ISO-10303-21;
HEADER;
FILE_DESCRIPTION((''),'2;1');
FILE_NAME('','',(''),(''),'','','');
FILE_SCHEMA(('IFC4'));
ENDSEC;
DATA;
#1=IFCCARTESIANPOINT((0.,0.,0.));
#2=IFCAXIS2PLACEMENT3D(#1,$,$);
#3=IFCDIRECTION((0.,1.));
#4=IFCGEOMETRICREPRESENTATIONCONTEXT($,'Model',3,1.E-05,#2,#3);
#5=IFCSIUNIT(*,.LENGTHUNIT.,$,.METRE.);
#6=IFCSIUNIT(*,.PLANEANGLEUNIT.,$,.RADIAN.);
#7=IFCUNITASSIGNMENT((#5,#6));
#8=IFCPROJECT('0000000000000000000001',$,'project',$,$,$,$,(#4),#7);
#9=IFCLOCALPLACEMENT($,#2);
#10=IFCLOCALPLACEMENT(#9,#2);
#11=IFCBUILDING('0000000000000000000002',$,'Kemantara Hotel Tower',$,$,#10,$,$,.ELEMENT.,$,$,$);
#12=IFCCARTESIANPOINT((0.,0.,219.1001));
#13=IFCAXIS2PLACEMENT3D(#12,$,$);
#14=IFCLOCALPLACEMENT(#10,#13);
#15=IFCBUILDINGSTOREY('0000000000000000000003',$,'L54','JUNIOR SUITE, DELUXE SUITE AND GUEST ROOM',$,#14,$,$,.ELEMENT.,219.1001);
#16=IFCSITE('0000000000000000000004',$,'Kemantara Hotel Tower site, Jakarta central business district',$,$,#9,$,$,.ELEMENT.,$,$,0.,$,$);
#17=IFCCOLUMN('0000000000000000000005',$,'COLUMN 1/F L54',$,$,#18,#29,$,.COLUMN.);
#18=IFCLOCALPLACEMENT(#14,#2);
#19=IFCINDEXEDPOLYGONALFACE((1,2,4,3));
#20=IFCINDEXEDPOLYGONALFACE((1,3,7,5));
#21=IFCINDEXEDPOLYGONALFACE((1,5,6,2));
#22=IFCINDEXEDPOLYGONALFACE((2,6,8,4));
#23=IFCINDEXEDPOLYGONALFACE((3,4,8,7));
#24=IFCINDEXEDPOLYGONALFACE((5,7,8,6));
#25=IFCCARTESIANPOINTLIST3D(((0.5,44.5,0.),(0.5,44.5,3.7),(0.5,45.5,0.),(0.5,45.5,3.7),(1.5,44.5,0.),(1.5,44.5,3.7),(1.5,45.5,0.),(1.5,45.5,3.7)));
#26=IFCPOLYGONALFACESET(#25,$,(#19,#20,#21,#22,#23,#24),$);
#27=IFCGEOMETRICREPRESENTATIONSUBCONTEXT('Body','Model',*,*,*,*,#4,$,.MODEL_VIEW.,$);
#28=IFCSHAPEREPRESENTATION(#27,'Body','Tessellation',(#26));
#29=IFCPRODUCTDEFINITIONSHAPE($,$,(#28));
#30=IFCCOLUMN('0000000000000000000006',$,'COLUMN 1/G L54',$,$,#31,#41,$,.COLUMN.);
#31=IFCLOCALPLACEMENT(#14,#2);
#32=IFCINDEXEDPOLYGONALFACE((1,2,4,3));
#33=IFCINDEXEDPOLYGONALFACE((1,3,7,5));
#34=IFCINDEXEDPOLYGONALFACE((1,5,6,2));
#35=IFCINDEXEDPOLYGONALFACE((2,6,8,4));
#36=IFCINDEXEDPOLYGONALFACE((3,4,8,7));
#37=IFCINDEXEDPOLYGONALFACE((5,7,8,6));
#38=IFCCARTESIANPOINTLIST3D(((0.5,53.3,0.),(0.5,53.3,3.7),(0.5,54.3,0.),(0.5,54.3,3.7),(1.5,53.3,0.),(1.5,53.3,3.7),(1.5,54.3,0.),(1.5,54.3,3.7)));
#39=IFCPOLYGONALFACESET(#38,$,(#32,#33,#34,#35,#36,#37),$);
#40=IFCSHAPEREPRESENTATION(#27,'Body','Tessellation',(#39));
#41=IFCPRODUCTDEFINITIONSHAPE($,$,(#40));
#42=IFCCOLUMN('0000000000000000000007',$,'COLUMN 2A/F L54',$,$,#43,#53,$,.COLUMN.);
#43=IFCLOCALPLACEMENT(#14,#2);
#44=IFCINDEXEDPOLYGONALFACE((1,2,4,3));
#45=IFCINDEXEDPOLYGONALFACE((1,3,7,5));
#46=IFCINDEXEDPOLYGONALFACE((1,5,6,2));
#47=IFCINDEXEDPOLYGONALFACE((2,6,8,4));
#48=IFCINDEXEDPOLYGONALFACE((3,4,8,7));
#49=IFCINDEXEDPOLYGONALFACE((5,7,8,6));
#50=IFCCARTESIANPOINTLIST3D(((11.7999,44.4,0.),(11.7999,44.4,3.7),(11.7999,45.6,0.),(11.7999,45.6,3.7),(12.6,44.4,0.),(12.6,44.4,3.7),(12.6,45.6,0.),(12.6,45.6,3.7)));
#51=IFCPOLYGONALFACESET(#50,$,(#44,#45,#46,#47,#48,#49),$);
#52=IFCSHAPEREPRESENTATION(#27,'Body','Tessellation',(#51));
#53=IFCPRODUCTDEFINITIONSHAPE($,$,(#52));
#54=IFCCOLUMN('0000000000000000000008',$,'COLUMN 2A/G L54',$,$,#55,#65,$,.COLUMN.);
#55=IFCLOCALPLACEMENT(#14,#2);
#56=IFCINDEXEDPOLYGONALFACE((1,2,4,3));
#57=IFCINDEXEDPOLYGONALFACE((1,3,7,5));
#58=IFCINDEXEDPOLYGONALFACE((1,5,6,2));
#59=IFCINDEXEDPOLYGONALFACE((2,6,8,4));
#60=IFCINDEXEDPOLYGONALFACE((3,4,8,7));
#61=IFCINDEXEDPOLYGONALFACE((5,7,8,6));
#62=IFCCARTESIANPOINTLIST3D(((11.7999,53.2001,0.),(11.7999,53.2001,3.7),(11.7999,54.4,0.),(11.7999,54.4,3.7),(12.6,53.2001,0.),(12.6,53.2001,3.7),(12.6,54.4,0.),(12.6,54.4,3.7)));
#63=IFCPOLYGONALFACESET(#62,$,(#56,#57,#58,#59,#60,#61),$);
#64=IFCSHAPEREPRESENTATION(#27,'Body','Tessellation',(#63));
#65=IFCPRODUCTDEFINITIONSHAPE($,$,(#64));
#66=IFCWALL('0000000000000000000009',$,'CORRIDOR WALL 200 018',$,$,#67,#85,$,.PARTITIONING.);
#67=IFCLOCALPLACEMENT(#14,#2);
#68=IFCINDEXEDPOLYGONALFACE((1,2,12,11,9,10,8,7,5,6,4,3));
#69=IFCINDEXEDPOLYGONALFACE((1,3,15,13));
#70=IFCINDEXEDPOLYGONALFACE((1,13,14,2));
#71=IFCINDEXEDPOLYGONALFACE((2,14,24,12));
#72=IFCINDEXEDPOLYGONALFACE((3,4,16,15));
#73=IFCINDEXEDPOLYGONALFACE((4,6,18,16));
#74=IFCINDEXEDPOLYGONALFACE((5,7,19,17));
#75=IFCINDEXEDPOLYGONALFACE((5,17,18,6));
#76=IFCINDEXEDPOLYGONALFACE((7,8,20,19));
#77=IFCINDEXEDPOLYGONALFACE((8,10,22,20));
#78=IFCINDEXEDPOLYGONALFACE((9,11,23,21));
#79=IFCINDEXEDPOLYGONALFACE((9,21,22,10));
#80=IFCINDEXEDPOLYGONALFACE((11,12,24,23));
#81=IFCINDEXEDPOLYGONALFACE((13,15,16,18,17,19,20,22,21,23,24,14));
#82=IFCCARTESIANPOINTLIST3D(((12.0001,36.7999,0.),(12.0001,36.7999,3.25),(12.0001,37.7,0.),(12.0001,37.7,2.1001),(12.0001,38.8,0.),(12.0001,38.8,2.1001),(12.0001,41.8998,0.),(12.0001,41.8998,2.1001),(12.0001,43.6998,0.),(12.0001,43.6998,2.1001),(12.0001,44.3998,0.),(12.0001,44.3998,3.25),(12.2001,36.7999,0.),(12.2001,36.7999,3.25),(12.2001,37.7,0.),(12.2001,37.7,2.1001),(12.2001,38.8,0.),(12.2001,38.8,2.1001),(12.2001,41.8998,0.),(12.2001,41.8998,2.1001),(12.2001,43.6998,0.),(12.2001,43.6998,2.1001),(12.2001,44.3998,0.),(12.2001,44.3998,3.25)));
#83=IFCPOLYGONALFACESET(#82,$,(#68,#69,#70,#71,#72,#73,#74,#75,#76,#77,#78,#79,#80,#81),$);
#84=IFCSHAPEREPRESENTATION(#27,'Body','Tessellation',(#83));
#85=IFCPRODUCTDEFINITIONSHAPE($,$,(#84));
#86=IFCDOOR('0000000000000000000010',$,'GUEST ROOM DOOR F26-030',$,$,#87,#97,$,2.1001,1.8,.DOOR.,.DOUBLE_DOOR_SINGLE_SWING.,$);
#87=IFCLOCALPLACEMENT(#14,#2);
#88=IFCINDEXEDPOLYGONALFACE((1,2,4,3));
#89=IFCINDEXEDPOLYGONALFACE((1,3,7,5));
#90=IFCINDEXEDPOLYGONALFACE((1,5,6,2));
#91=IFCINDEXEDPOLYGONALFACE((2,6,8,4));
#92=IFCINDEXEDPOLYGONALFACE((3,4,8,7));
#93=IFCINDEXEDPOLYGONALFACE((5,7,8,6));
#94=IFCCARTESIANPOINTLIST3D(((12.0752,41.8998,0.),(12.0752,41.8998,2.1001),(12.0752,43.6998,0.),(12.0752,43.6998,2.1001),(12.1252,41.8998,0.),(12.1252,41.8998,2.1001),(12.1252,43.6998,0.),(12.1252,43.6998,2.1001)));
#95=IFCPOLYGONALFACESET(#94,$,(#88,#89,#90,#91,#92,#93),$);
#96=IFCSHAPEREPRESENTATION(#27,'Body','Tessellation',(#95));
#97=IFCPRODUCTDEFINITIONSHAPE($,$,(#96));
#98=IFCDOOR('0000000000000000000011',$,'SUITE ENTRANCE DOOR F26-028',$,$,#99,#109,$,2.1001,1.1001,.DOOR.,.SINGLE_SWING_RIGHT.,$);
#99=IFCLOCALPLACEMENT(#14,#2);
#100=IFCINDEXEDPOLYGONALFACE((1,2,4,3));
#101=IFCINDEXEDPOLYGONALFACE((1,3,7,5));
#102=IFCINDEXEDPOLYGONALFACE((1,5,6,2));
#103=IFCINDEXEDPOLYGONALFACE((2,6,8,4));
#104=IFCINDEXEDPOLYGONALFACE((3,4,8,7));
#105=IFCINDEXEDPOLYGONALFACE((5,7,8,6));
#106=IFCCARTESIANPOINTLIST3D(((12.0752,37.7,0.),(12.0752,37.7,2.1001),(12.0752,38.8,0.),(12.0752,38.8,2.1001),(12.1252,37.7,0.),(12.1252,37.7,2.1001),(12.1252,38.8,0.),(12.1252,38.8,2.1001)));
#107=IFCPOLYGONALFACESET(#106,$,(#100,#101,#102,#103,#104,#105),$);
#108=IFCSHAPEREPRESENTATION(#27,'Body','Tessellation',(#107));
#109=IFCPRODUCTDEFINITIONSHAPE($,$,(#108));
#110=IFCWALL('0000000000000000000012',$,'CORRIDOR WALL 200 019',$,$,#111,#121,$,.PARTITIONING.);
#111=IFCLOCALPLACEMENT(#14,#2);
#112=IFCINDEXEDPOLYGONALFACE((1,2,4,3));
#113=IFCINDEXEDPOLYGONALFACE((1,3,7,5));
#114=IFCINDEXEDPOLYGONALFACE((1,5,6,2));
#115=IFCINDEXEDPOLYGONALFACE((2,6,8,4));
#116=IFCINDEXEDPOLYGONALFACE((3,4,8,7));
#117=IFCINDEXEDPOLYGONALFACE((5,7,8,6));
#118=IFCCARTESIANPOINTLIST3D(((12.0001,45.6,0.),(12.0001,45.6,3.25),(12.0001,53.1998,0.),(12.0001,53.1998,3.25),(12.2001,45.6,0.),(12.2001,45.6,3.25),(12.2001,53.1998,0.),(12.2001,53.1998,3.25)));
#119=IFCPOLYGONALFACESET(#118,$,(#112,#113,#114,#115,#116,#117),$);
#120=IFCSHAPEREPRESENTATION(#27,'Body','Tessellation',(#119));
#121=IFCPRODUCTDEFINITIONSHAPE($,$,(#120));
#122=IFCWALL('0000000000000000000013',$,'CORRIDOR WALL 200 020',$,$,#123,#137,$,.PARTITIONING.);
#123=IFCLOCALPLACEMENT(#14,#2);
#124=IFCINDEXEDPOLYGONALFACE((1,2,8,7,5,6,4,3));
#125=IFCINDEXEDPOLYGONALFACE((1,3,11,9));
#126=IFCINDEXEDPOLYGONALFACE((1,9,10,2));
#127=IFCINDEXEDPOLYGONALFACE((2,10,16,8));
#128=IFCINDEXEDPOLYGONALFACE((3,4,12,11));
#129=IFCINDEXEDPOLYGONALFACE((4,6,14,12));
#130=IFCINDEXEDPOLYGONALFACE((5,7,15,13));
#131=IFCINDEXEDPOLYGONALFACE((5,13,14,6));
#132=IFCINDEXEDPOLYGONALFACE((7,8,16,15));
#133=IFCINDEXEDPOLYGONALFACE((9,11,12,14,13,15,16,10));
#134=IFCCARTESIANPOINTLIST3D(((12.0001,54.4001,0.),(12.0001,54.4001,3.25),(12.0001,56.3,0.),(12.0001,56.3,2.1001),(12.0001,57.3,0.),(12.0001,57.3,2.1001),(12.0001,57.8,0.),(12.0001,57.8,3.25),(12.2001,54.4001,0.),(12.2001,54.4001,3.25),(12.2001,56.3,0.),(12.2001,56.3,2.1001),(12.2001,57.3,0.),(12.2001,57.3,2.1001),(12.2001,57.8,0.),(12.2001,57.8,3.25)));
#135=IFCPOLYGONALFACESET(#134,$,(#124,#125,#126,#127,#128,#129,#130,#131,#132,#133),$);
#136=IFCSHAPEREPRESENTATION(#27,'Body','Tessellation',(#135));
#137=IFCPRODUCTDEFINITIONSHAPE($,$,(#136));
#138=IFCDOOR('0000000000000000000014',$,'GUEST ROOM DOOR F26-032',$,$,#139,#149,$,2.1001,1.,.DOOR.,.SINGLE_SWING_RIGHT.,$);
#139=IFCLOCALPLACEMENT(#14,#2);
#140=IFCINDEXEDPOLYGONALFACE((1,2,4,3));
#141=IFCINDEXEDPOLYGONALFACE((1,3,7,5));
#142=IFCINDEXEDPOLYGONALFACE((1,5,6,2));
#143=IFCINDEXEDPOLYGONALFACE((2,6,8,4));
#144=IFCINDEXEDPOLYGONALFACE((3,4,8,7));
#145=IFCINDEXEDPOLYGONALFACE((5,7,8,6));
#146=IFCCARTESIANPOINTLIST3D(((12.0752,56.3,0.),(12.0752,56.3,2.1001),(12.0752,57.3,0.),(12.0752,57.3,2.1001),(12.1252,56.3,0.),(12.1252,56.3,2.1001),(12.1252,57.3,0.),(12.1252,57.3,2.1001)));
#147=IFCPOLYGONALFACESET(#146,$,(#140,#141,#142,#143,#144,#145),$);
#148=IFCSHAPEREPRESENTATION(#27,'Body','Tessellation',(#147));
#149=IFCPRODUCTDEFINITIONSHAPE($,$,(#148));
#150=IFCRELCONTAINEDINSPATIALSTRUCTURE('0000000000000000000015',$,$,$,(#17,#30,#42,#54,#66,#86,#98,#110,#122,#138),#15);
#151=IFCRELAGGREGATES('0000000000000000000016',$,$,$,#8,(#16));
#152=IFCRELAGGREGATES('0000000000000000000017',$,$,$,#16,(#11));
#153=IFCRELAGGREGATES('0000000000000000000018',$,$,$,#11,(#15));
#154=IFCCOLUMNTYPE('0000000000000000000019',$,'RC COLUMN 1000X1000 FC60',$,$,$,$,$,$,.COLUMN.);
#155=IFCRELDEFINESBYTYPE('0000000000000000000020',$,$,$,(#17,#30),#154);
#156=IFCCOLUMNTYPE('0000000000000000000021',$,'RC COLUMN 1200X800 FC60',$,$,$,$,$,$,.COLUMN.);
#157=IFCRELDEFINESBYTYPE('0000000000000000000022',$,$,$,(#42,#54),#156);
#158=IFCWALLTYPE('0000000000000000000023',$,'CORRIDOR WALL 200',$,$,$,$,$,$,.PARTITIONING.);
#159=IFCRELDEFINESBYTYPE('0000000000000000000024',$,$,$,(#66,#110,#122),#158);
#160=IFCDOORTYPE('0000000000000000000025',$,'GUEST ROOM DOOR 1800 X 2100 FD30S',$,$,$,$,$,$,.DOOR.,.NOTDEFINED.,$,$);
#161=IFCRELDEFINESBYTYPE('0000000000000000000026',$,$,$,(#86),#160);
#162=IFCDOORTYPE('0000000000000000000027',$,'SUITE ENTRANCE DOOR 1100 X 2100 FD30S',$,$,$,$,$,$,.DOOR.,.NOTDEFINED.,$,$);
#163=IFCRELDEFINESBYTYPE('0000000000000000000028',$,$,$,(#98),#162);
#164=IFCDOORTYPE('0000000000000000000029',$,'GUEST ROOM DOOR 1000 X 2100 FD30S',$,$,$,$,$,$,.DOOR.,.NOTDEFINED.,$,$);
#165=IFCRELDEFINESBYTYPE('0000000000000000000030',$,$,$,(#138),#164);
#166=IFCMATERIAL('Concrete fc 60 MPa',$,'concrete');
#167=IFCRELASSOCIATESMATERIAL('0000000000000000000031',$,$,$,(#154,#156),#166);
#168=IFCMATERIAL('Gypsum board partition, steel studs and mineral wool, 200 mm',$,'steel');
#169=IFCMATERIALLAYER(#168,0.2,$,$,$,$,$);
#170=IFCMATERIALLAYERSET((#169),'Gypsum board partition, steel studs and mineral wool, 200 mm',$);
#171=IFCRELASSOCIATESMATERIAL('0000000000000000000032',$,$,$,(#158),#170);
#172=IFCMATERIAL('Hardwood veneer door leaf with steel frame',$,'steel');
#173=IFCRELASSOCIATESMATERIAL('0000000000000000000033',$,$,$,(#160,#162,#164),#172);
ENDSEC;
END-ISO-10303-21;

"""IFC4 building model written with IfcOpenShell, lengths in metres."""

from ifc_helpers import new_model, si_unit, direction, frame, frame_2d, origin, origin_2d, place, context, subcontext, project, spatial, rectangle, extrude, material, layer, layer_set, material_profile, profile_set, type_object, element, fill, save


model = new_model("IFC4")

# Units and contexts
model_context = context("Model", 3, precision=1e-05, world=origin(), true_north=direction((0.0, 1.0)))
body_context = subcontext(model_context, "Body", "Model", "MODEL_VIEW")
ifc_project = project(units=[si_unit("LENGTHUNIT", "METRE"), si_unit("PLANEANGLEUNIT", "RADIAN")], contexts=[model_context])

# Site, building, storey
site_placement = place(None, origin())
site = spatial("IfcSite", under=ifc_project, at=site_placement, Name="Kemantara Hotel Tower site, Jakarta central business district", CompositionType="ELEMENT", RefElevation=0.0)
building_placement = place(site_placement, origin())
building = spatial("IfcBuilding", under=site, at=building_placement, Name="Kemantara Hotel Tower", CompositionType="ELEMENT")
storey_placement = place(building_placement, frame((0.0, 0.0, 219.1001)))
storey = spatial("IfcBuildingStorey", under=building, at=storey_placement, Name="L54", Description="JUNIOR SUITE, DELUXE SUITE AND GUEST ROOM", CompositionType="ELEMENT", Elevation=219.1001)

# Columns
ifc_material_1 = material(Name="Concrete fc 60 MPa", Category="concrete")
ifc_material_profile_1 = material_profile(ifc_material_1, rectangle(XDim=1.0, YDim=1.0, at=origin_2d()), Name="RC 1000X1000")
ifc_profile_set_1 = profile_set([ifc_material_profile_1], Name="Concrete fc 60 MPa")
column_type_1 = type_object("IfcColumnType", Name="RC COLUMN 1000X1000 FC60", PredefinedType="COLUMN", material=ifc_profile_set_1)
for number, where, z_axis, x_axis, name in (
    (1, (1.0, 45.0, 0.0), (0.0, 0.0, 1.0), (1.0, 0.0, 0.0), "COLUMN 1/F L54"),
    (2, (1.0, 53.8, 0.0), (0.0, 0.0, 1.0), (1.0, 0.0, 0.0), "COLUMN 1/G L54"),
):
    element("IfcColumn", number, at=place(storey_placement, frame(where, z_axis=z_axis, x_axis=x_axis)), inside=storey, type_object=column_type_1, Name=name, PredefinedType="COLUMN", context=body_context, shape_type="SweptSolid", body=[
        extrude(rectangle(XDim=1.0, YDim=1.0, at=origin_2d()), origin(), (0.0, 0.0, 1.0), 3.7),
    ])
ifc_material_profile_2 = material_profile(ifc_material_1, rectangle(XDim=1.2, YDim=0.8, at=origin_2d()), Name="RC 1200X800")
ifc_profile_set_2 = profile_set([ifc_material_profile_2], Name="Concrete fc 60 MPa")
column_type_2 = type_object("IfcColumnType", Name="RC COLUMN 1200X800 FC60", PredefinedType="COLUMN", material=ifc_profile_set_2)
for number, where, z_axis, x_axis, name in (
    (3, (12.2, 45.0, 0.0), (0.0, 0.0, 1.0), (0.0, 1.0, 0.0), "COLUMN 2A/F L54"),
    (4, (12.2, 53.8, 0.0), (0.0, 0.0, 1.0), (0.0, 1.0, 0.0), "COLUMN 2A/G L54"),
):
    element("IfcColumn", number, at=place(storey_placement, frame(where, z_axis=z_axis, x_axis=x_axis)), inside=storey, type_object=column_type_2, Name=name, PredefinedType="COLUMN", context=body_context, shape_type="SweptSolid", body=[
        extrude(rectangle(XDim=1.2, YDim=0.8, at=origin_2d()), origin(), (0.0, 0.0, 1.0), 3.7),
    ])

# Wall, openings, doors
ifc_material_2 = material(Name="Gypsum board partition, steel studs and mineral wool, 200 mm", Category="steel")
ifc_layer_1 = layer(ifc_material_2, 0.2)
ifc_layer_set_1 = layer_set([ifc_layer_1], Name="Gypsum board partition, steel studs and mineral wool, 200 mm")
wall_type_1 = type_object("IfcWallType", Name="CORRIDOR WALL 200", PredefinedType="PARTITIONING", material=ifc_layer_set_1)
wall_1_placement = place(storey_placement, frame((12.1001, 36.8, 0.0), z_axis=(0.0, 0.0, 1.0), x_axis=(0.0, 1.0, 0.0)))
wall_1 = element("IfcWall", 5, at=wall_1_placement, inside=storey, type_object=wall_type_1, Name="CORRIDOR WALL 200 018", PredefinedType="PARTITIONING", context=body_context, shape_type="SweptSolid", body=[
    extrude(rectangle(XDim=7.5999, YDim=0.2, at=frame_2d((3.7998, 0.0))), origin(), (0.0, 0.0, 1.0), 3.25),
])
opening_1_placement = place(wall_1_placement, frame((0.8999, 0.0, 0.0)))
opening_1 = element("IfcOpeningElement", 6, at=opening_1_placement, cuts=wall_1, PredefinedType="OPENING", context=body_context, shape_type="SweptSolid", body=[
    extrude(rectangle(XDim=1.1001, YDim=2.1001, at=frame_2d((0.55, 1.05))), frame((0.0, 0.1099, 0.0), z_axis=(0.0, -1.0, 0.0), x_axis=(1.0, 0.0, 0.0)), (0.0, 0.0, 1.0), 0.22),
])
opening_2_placement = place(wall_1_placement, frame((5.0999, 0.0, 0.0)))
opening_2 = element("IfcOpeningElement", 7, at=opening_2_placement, cuts=wall_1, PredefinedType="OPENING", context=body_context, shape_type="SweptSolid", body=[
    extrude(rectangle(XDim=1.8, YDim=2.1001, at=frame_2d((0.8999, 1.05))), frame((0.0, 0.1099, 0.0), z_axis=(0.0, -1.0, 0.0), x_axis=(1.0, 0.0, 0.0)), (0.0, 0.0, 1.0), 0.22),
])
ifc_material_3 = material(Name="Hardwood veneer door leaf with steel frame", Category="steel")
door_type_1 = type_object("IfcDoorType", Name="GUEST ROOM DOOR 1800 X 2100 FD30S", OperationType="NOTDEFINED", PredefinedType="DOOR", material=ifc_material_3)
door_1_placement = place(opening_2_placement, origin())
door_1 = element("IfcDoor", 8, at=door_1_placement, inside=storey, type_object=door_type_1, Name="GUEST ROOM DOOR F26-030", OperationType="DOUBLE_DOOR_SINGLE_SWING", OverallHeight=2.1001, OverallWidth=1.8, PredefinedType="DOOR", context=body_context, shape_type="SweptSolid", body=[
    extrude(rectangle(XDim=1.8, YDim=2.1001, at=frame_2d((0.8999, 1.05))), frame((0.0, 0.0249, 0.0), z_axis=(0.0, -1.0, 0.0), x_axis=(1.0, 0.0, 0.0)), (0.0, 0.0, 1.0), 0.05),
])
fill(opening_2, door_1)
door_type_2 = type_object("IfcDoorType", Name="SUITE ENTRANCE DOOR 1100 X 2100 FD30S", OperationType="NOTDEFINED", PredefinedType="DOOR", material=ifc_material_3)
door_2_placement = place(opening_1_placement, origin())
door_2 = element("IfcDoor", 9, at=door_2_placement, inside=storey, type_object=door_type_2, Name="SUITE ENTRANCE DOOR F26-028", OperationType="SINGLE_SWING_RIGHT", OverallHeight=2.1001, OverallWidth=1.1001, PredefinedType="DOOR", context=body_context, shape_type="SweptSolid", body=[
    extrude(rectangle(XDim=1.1001, YDim=2.1001, at=frame_2d((0.55, 1.05))), frame((0.0, 0.0249, 0.0), z_axis=(0.0, -1.0, 0.0), x_axis=(1.0, 0.0, 0.0)), (0.0, 0.0, 1.0), 0.05),
])
fill(opening_1, door_2)

# Wall
wall_2_placement = place(storey_placement, frame((12.1001, 45.6001, 0.0), z_axis=(0.0, 0.0, 1.0), x_axis=(0.0, 1.0, 0.0)))
element("IfcWall", 10, at=wall_2_placement, inside=storey, type_object=wall_type_1, Name="CORRIDOR WALL 200 019", PredefinedType="PARTITIONING", context=body_context, shape_type="SweptSolid", body=[
    extrude(rectangle(XDim=7.5999, YDim=0.2, at=frame_2d((3.7998, 0.0))), origin(), (0.0, 0.0, 1.0), 3.25),
])

# Wall, opening, door
wall_3_placement = place(storey_placement, frame((12.1001, 54.4001, 0.0), z_axis=(0.0, 0.0, 1.0), x_axis=(0.0, 1.0, 0.0)))
wall_3 = element("IfcWall", 11, at=wall_3_placement, inside=storey, type_object=wall_type_1, Name="CORRIDOR WALL 200 020", PredefinedType="PARTITIONING", context=body_context, shape_type="SweptSolid", body=[
    extrude(rectangle(XDim=3.3999, YDim=0.2, at=frame_2d((1.7, 0.0))), origin(), (0.0, 0.0, 1.0), 3.25),
])
opening_3_placement = place(wall_3_placement, frame((1.8999, 0.0, 0.0)))
opening_3 = element("IfcOpeningElement", 12, at=opening_3_placement, cuts=wall_3, PredefinedType="OPENING", context=body_context, shape_type="SweptSolid", body=[
    extrude(rectangle(XDim=1.0, YDim=2.1001, at=frame_2d((0.5, 1.05))), frame((0.0, 0.1099, 0.0), z_axis=(0.0, -1.0, 0.0), x_axis=(1.0, 0.0, 0.0)), (0.0, 0.0, 1.0), 0.22),
])
door_type_3 = type_object("IfcDoorType", Name="GUEST ROOM DOOR 1000 X 2100 FD30S", OperationType="NOTDEFINED", PredefinedType="DOOR", material=ifc_material_3)
door_3_placement = place(opening_3_placement, origin())
door_3 = element("IfcDoor", 13, at=door_3_placement, inside=storey, type_object=door_type_3, Name="GUEST ROOM DOOR F26-032", OperationType="SINGLE_SWING_RIGHT", OverallHeight=2.1001, OverallWidth=1.0, PredefinedType="DOOR", context=body_context, shape_type="SweptSolid", body=[
    extrude(rectangle(XDim=1.0, YDim=2.1001, at=frame_2d((0.5, 1.05))), frame((0.0, 0.0249, 0.0), z_axis=(0.0, -1.0, 0.0), x_axis=(1.0, 0.0, 0.0)), (0.0, 0.0, 1.0), 0.05),
])
fill(opening_3, door_3)

save(model, "model.ifc")
